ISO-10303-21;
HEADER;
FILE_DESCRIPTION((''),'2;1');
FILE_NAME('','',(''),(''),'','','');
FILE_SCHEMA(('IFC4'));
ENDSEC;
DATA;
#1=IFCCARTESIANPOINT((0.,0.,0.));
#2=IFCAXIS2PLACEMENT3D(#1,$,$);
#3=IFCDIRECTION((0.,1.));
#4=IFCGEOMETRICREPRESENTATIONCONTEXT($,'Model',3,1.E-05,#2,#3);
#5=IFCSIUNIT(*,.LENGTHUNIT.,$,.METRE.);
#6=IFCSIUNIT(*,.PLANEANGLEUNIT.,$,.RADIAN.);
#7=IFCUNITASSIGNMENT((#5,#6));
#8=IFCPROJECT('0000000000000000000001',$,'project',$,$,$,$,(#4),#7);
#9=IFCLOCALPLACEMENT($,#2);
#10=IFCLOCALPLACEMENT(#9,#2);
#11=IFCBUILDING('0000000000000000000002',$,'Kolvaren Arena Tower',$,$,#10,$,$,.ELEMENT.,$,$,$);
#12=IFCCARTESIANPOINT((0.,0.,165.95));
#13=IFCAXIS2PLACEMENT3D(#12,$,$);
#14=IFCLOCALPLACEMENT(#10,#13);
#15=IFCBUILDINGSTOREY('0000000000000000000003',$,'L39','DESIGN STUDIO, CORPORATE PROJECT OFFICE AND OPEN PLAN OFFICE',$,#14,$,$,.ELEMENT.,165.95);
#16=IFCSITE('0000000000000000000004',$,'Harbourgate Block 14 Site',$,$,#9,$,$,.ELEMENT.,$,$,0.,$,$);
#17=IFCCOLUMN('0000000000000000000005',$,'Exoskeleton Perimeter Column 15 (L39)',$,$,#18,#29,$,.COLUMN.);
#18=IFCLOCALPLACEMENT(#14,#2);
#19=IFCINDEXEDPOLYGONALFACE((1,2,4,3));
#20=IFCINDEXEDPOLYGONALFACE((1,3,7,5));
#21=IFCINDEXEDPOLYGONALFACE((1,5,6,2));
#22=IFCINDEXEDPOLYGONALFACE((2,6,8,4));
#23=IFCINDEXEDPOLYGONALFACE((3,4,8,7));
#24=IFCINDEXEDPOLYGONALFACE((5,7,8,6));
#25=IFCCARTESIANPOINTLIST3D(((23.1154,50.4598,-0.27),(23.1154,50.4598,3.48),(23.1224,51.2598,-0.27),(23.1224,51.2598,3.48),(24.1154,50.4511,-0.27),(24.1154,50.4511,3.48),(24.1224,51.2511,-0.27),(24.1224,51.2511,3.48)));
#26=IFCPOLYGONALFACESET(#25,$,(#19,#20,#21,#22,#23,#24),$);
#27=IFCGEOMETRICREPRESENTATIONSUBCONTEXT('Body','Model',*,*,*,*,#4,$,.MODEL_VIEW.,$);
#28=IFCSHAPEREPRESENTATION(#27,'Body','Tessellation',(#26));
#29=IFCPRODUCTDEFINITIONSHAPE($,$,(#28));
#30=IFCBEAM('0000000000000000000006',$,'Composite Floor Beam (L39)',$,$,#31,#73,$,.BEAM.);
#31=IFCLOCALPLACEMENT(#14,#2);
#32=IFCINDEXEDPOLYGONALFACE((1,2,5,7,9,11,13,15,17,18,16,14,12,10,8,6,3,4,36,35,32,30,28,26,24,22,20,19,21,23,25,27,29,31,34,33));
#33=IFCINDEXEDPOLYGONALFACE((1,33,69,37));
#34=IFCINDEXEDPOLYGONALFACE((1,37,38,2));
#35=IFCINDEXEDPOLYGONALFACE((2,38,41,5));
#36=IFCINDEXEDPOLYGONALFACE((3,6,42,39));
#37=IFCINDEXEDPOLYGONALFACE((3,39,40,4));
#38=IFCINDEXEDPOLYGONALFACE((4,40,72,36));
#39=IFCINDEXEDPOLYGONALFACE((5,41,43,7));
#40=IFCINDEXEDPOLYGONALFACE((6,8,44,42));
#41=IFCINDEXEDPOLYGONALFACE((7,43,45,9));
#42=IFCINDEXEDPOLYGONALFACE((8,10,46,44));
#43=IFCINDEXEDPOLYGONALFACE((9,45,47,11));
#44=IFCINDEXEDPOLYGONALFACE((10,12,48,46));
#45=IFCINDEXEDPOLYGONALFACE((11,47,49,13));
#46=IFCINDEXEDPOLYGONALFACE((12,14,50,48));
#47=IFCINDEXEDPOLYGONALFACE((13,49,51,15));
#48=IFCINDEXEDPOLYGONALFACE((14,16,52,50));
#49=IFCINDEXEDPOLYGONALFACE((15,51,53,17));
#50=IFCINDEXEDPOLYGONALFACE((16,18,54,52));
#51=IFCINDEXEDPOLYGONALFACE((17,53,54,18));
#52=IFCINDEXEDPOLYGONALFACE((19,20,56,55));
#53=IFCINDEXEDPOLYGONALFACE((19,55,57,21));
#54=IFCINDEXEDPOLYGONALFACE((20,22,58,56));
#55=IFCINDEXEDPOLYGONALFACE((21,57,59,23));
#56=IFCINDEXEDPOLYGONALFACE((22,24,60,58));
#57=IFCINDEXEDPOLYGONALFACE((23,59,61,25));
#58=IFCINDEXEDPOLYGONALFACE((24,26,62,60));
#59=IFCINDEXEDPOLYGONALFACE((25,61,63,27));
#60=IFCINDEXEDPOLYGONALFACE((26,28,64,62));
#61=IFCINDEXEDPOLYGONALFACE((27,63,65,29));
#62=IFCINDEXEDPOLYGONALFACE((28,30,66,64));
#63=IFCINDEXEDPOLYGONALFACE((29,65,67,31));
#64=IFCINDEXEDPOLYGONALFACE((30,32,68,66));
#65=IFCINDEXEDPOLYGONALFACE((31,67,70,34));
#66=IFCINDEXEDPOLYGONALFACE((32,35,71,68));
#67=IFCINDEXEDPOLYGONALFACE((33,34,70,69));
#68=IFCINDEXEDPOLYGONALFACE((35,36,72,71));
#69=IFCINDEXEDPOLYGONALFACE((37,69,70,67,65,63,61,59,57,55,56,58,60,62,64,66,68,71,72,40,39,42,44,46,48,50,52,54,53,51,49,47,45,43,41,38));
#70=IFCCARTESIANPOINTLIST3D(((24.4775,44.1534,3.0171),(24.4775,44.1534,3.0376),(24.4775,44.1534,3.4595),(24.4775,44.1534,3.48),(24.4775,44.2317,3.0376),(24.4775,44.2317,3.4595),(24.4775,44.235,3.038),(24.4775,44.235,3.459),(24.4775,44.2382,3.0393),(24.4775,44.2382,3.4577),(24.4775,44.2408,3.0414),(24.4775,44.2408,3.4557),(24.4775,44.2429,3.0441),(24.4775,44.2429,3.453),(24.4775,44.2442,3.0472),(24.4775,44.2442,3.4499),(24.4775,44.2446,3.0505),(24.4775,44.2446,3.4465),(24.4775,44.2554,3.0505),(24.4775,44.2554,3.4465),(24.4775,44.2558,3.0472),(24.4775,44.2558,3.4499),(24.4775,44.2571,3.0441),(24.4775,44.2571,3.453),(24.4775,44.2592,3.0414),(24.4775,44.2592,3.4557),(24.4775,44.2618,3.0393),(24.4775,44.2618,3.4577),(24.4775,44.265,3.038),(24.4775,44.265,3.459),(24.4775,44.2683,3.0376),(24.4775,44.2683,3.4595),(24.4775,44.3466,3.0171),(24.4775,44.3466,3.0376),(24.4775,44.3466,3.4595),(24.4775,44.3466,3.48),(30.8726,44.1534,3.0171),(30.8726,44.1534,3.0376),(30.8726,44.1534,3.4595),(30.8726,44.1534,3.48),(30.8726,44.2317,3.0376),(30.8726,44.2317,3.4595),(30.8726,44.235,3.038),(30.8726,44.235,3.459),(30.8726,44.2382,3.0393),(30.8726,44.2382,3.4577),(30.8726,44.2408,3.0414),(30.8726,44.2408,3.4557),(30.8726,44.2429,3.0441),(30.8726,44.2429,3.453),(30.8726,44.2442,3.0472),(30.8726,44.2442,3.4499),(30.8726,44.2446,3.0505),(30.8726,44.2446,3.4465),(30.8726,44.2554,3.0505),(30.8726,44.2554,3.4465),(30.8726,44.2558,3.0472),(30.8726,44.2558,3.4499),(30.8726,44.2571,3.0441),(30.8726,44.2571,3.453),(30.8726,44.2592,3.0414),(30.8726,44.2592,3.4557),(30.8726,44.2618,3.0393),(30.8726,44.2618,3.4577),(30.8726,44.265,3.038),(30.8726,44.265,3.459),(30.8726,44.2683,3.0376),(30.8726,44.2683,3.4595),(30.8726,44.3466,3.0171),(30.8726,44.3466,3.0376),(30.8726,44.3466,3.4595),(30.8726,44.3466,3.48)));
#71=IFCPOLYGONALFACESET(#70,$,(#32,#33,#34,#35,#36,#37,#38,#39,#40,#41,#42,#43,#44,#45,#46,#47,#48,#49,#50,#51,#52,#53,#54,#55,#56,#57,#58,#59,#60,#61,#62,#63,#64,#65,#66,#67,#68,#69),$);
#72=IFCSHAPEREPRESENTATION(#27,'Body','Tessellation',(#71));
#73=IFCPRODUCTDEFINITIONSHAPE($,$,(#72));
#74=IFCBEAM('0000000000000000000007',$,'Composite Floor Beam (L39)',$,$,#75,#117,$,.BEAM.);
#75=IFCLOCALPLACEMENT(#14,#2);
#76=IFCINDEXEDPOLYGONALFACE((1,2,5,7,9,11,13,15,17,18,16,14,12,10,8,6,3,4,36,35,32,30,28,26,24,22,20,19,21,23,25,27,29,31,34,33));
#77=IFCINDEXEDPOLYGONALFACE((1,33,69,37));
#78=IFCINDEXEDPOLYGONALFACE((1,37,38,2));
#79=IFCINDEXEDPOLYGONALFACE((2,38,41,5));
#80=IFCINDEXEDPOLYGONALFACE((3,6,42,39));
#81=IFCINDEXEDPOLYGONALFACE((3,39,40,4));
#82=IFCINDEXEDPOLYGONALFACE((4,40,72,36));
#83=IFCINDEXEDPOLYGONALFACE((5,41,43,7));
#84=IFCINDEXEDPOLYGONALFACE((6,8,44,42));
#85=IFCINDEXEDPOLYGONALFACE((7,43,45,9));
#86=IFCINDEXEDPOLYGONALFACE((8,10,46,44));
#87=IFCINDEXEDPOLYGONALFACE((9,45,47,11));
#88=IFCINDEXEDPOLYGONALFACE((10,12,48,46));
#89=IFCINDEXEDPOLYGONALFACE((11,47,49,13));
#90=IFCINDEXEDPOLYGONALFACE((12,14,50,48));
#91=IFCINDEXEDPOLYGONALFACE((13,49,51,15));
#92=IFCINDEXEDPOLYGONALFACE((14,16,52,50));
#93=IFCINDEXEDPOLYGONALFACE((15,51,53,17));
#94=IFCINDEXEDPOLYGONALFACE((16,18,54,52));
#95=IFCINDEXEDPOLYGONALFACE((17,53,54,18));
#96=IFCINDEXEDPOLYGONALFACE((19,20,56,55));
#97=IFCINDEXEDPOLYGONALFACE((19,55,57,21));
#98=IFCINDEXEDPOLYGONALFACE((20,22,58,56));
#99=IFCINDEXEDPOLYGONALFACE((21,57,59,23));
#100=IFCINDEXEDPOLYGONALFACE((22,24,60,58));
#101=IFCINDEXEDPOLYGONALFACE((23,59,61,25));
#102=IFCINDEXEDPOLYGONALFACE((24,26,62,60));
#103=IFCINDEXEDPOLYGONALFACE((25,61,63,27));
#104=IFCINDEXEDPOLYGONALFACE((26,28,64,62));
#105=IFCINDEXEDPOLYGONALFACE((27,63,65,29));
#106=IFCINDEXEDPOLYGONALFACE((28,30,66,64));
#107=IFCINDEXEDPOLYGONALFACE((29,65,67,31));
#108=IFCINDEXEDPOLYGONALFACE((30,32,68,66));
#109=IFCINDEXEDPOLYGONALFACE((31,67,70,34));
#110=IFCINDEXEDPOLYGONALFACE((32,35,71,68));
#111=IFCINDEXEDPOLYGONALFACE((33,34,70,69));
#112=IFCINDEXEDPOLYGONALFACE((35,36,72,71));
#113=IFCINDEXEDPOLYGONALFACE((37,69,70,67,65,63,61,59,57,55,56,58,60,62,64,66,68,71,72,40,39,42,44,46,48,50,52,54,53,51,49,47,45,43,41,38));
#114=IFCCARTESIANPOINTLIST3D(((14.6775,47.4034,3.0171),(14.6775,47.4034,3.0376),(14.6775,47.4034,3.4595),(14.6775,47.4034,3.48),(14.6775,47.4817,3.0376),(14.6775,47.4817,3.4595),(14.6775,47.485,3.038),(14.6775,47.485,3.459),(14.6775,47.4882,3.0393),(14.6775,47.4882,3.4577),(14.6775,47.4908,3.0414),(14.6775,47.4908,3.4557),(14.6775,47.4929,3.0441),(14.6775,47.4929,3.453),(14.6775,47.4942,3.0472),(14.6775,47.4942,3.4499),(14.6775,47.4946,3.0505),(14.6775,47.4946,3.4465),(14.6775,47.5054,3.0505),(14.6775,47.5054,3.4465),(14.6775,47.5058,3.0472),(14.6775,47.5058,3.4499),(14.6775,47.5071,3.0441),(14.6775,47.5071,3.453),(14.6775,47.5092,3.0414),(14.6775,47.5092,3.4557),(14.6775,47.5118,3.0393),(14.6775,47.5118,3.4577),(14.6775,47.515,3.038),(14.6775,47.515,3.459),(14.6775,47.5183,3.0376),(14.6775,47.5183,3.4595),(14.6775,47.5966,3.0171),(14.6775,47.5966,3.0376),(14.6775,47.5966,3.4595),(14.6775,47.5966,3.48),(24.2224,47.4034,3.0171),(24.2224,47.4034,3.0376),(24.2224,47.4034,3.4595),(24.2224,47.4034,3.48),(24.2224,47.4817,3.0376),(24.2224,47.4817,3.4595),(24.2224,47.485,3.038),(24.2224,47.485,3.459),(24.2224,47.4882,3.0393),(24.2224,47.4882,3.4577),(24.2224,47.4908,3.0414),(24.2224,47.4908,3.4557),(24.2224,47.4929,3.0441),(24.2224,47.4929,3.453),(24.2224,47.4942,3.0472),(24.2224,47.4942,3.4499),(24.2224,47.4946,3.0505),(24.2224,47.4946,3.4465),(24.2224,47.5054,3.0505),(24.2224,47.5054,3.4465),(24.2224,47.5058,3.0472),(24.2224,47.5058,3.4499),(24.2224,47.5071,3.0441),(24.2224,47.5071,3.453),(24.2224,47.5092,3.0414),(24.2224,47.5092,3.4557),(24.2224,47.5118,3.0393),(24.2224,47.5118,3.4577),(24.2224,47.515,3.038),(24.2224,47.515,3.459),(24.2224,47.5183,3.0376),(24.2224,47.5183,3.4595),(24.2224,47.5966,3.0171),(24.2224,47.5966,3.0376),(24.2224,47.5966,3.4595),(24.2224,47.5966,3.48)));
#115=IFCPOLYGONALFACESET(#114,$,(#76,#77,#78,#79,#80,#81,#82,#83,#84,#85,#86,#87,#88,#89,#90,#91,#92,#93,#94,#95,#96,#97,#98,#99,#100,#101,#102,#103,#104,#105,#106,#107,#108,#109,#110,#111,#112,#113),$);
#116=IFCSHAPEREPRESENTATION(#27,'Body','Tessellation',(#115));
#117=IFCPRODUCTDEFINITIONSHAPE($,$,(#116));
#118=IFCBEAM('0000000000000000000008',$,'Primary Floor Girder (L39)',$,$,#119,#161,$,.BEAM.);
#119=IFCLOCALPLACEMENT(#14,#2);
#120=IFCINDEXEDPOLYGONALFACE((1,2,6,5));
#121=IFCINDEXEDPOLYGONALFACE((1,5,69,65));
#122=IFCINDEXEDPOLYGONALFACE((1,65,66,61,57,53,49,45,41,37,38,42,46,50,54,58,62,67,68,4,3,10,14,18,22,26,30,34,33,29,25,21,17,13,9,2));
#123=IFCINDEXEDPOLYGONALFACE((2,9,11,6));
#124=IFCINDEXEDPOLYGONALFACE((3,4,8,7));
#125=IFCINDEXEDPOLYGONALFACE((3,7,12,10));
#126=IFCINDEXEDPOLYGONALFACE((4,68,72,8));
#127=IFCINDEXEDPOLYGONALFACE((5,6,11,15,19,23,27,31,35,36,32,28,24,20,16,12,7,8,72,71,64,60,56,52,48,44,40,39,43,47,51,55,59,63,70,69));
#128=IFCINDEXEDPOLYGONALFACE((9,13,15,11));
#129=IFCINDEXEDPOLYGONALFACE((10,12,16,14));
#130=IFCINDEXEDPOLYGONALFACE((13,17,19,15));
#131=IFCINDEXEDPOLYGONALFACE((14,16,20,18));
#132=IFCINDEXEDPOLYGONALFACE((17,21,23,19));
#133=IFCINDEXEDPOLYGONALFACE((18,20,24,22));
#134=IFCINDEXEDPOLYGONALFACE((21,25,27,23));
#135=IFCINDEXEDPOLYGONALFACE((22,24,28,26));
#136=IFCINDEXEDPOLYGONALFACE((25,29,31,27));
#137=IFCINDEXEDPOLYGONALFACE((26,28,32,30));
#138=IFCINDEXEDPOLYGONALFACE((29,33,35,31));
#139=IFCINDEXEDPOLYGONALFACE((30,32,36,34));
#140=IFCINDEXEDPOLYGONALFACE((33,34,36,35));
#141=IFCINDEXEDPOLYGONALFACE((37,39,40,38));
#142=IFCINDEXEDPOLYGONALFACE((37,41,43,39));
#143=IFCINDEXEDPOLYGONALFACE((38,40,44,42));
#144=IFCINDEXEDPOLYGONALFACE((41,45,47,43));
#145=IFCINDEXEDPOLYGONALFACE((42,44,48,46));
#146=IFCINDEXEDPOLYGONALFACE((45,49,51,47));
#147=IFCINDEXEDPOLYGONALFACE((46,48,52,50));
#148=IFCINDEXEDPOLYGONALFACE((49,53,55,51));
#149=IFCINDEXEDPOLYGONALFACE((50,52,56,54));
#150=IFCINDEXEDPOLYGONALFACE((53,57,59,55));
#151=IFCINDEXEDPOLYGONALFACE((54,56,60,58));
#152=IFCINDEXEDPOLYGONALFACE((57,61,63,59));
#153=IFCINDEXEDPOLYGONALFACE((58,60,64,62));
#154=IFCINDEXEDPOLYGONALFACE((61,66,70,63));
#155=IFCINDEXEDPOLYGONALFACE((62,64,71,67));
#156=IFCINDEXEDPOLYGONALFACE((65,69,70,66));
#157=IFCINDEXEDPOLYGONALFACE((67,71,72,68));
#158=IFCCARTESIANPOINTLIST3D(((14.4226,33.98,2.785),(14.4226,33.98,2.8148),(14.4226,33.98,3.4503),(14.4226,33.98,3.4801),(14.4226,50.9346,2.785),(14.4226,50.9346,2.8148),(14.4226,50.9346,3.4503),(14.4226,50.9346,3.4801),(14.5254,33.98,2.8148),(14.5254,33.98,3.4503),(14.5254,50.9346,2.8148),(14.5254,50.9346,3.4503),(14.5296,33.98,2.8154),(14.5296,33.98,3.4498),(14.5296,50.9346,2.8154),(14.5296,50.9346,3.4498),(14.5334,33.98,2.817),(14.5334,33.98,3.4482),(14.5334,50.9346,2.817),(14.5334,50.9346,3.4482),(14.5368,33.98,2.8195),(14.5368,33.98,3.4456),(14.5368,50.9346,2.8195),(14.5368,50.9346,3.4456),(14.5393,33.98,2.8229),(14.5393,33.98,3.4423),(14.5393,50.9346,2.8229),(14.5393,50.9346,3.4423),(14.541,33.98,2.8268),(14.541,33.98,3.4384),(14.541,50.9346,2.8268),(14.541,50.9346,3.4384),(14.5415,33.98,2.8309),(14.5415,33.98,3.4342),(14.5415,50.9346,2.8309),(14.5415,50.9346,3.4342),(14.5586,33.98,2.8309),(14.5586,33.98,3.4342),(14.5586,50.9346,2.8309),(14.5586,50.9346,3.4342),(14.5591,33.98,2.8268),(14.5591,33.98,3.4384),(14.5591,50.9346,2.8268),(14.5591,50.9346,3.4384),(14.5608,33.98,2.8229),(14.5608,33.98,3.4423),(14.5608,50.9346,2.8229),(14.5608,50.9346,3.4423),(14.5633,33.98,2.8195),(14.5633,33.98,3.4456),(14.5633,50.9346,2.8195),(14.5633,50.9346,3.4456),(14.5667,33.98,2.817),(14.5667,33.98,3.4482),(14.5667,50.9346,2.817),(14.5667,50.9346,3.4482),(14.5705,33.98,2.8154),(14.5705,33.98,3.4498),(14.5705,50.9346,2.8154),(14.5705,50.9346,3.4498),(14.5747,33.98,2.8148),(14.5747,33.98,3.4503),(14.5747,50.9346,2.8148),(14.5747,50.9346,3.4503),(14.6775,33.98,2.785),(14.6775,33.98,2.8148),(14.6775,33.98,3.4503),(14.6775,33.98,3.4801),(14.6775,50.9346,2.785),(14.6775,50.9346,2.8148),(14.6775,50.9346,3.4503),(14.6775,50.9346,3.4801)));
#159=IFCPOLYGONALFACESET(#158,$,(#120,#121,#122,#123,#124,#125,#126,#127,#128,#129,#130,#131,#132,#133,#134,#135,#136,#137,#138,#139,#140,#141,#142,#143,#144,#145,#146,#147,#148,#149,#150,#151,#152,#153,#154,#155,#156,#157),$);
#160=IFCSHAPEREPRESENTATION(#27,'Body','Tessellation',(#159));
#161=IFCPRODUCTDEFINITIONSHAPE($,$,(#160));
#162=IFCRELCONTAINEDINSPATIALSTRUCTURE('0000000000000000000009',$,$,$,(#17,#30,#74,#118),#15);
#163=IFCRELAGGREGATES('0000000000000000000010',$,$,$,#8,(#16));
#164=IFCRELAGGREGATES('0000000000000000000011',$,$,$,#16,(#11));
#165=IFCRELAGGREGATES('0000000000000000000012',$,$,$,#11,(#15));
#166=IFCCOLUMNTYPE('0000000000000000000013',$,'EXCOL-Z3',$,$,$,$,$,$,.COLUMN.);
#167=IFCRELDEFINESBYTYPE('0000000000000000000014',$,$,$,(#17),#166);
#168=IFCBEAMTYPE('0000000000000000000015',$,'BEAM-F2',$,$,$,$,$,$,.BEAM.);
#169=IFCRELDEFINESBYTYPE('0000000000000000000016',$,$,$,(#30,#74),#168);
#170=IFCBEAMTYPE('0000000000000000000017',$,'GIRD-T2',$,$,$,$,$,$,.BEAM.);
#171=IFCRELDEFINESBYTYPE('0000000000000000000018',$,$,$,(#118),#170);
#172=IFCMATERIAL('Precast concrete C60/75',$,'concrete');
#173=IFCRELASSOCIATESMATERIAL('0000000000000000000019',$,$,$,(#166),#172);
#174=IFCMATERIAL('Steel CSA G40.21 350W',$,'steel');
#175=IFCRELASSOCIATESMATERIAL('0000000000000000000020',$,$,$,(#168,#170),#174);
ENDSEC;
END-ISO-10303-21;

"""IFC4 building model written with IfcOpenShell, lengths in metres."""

from ifc_helpers import new_model, si_unit, direction, frame, origin, origin_2d, place, context, subcontext, project, spatial, rectangle, i_section, extrude, material, material_profile, profile_set, type_object, element, save


model = new_model("IFC4")

# Units and contexts
model_context = context("Model", 3, precision=1e-05, world=origin(), true_north=direction((0.0, 1.0)))
body_context = subcontext(model_context, "Body", "Model", "MODEL_VIEW")
ifc_project = project(units=[si_unit("LENGTHUNIT", "METRE"), si_unit("PLANEANGLEUNIT", "RADIAN")], contexts=[model_context])

# Site, building, storey
site_placement = place(None, origin())
site = spatial("IfcSite", under=ifc_project, at=site_placement, Name="Harbourgate Block 14 Site", CompositionType="ELEMENT", RefElevation=0.0)
building_placement = place(site_placement, origin())
building = spatial("IfcBuilding", under=site, at=building_placement, Name="Kolvaren Arena Tower", CompositionType="ELEMENT")
storey_placement = place(building_placement, frame((0.0, 0.0, 165.95)))
storey = spatial("IfcBuildingStorey", under=building, at=storey_placement, Name="L39", Description="DESIGN STUDIO, CORPORATE PROJECT OFFICE AND OPEN PLAN OFFICE", CompositionType="ELEMENT", Elevation=165.95)

# Column
ifc_material_1 = material(Name="Precast concrete C60/75", Category="concrete")
ifc_material_profile_1 = material_profile(ifc_material_1, rectangle(XDim=1.0, YDim=0.8, at=origin_2d()), Name="RC-1000x800")
ifc_profile_set_1 = profile_set([ifc_material_profile_1], Name="Precast concrete C60/75")
column_type = type_object("IfcColumnType", Name="EXCOL-Z3", PredefinedType="COLUMN", material=ifc_profile_set_1)
column_placement = place(storey_placement, frame((23.6189, 50.8555, -0.27), z_axis=(0.0, 0.0, 1.0), x_axis=(0.999962, -0.008727, 0.0)))
element("IfcColumn", 1, at=column_placement, inside=storey, type_object=column_type, Name="Exoskeleton Perimeter Column 15 (L39)", PredefinedType="COLUMN", context=body_context, shape_type="SweptSolid", body=[
    extrude(rectangle(XDim=1.0, YDim=0.8, at=origin_2d()), origin(), (0.0, 0.0, 1.0), 3.75),
])

# Beams
ifc_material_2 = material(Name="Steel CSA G40.21 350W", Category="steel")
ifc_material_profile_2 = material_profile(ifc_material_2, i_section(OverallWidth=0.1931, OverallDepth=0.4629, WebThickness=0.0107, FlangeThickness=0.0205, FilletRadius=0.0129, at=origin_2d()), Name="W460x113")
ifc_profile_set_2 = profile_set([ifc_material_profile_2], Name="Steel CSA G40.21 350W")
beam_type_1 = type_object("IfcBeamType", Name="BEAM-F2", PredefinedType="BEAM", material=ifc_profile_set_2)
beam_1_placement = place(storey_placement, frame((24.4775, 44.25, 3.2485), z_axis=(1.0, 0.0, 0.0), x_axis=(0.0, 1.0, 0.0)))
element("IfcBeam", 2, at=beam_1_placement, inside=storey, type_object=beam_type_1, Name="Composite Floor Beam (L39)", PredefinedType="BEAM", context=body_context, shape_type="SweptSolid", body=[
    extrude(i_section(OverallWidth=0.1931, OverallDepth=0.4629, WebThickness=0.0107, FlangeThickness=0.0205, FilletRadius=0.0129, at=origin_2d()), origin(), (0.0, 0.0, 1.0), 6.395),
])
beam_2_placement = place(storey_placement, frame((14.6775, 47.5, 3.2485), z_axis=(1.0, 0.0, 0.0), x_axis=(0.0, 1.0, 0.0)))
element("IfcBeam", 3, at=beam_2_placement, inside=storey, type_object=beam_type_1, Name="Composite Floor Beam (L39)", PredefinedType="BEAM", context=body_context, shape_type="SweptSolid", body=[
    extrude(i_section(OverallWidth=0.1931, OverallDepth=0.4629, WebThickness=0.0107, FlangeThickness=0.0205, FilletRadius=0.0129, at=origin_2d()), origin(), (0.0, 0.0, 1.0), 9.5449),
])
ifc_material_profile_3 = material_profile(ifc_material_2, i_section(OverallWidth=0.2549, OverallDepth=0.6951, WebThickness=0.0171, FlangeThickness=0.0298, FilletRadius=0.0161, at=origin_2d()), Name="W690x217")
ifc_profile_set_3 = profile_set([ifc_material_profile_3], Name="Steel CSA G40.21 350W")
beam_type_2 = type_object("IfcBeamType", Name="GIRD-T2", PredefinedType="BEAM", material=ifc_profile_set_3)
beam_3_placement = place(storey_placement, frame((14.55, 33.98, 3.1326), z_axis=(0.0, 1.0, 0.0), x_axis=(-1.0, 0.0, 0.0)))
element("IfcBeam", 4, at=beam_3_placement, inside=storey, type_object=beam_type_2, Name="Primary Floor Girder (L39)", PredefinedType="BEAM", context=body_context, shape_type="SweptSolid", body=[
    extrude(i_section(OverallWidth=0.2549, OverallDepth=0.6951, WebThickness=0.0171, FlangeThickness=0.0298, FilletRadius=0.0161, at=origin_2d()), origin(), (0.0, 0.0, 1.0), 16.9546),
])

save(model, "model.ifc")
